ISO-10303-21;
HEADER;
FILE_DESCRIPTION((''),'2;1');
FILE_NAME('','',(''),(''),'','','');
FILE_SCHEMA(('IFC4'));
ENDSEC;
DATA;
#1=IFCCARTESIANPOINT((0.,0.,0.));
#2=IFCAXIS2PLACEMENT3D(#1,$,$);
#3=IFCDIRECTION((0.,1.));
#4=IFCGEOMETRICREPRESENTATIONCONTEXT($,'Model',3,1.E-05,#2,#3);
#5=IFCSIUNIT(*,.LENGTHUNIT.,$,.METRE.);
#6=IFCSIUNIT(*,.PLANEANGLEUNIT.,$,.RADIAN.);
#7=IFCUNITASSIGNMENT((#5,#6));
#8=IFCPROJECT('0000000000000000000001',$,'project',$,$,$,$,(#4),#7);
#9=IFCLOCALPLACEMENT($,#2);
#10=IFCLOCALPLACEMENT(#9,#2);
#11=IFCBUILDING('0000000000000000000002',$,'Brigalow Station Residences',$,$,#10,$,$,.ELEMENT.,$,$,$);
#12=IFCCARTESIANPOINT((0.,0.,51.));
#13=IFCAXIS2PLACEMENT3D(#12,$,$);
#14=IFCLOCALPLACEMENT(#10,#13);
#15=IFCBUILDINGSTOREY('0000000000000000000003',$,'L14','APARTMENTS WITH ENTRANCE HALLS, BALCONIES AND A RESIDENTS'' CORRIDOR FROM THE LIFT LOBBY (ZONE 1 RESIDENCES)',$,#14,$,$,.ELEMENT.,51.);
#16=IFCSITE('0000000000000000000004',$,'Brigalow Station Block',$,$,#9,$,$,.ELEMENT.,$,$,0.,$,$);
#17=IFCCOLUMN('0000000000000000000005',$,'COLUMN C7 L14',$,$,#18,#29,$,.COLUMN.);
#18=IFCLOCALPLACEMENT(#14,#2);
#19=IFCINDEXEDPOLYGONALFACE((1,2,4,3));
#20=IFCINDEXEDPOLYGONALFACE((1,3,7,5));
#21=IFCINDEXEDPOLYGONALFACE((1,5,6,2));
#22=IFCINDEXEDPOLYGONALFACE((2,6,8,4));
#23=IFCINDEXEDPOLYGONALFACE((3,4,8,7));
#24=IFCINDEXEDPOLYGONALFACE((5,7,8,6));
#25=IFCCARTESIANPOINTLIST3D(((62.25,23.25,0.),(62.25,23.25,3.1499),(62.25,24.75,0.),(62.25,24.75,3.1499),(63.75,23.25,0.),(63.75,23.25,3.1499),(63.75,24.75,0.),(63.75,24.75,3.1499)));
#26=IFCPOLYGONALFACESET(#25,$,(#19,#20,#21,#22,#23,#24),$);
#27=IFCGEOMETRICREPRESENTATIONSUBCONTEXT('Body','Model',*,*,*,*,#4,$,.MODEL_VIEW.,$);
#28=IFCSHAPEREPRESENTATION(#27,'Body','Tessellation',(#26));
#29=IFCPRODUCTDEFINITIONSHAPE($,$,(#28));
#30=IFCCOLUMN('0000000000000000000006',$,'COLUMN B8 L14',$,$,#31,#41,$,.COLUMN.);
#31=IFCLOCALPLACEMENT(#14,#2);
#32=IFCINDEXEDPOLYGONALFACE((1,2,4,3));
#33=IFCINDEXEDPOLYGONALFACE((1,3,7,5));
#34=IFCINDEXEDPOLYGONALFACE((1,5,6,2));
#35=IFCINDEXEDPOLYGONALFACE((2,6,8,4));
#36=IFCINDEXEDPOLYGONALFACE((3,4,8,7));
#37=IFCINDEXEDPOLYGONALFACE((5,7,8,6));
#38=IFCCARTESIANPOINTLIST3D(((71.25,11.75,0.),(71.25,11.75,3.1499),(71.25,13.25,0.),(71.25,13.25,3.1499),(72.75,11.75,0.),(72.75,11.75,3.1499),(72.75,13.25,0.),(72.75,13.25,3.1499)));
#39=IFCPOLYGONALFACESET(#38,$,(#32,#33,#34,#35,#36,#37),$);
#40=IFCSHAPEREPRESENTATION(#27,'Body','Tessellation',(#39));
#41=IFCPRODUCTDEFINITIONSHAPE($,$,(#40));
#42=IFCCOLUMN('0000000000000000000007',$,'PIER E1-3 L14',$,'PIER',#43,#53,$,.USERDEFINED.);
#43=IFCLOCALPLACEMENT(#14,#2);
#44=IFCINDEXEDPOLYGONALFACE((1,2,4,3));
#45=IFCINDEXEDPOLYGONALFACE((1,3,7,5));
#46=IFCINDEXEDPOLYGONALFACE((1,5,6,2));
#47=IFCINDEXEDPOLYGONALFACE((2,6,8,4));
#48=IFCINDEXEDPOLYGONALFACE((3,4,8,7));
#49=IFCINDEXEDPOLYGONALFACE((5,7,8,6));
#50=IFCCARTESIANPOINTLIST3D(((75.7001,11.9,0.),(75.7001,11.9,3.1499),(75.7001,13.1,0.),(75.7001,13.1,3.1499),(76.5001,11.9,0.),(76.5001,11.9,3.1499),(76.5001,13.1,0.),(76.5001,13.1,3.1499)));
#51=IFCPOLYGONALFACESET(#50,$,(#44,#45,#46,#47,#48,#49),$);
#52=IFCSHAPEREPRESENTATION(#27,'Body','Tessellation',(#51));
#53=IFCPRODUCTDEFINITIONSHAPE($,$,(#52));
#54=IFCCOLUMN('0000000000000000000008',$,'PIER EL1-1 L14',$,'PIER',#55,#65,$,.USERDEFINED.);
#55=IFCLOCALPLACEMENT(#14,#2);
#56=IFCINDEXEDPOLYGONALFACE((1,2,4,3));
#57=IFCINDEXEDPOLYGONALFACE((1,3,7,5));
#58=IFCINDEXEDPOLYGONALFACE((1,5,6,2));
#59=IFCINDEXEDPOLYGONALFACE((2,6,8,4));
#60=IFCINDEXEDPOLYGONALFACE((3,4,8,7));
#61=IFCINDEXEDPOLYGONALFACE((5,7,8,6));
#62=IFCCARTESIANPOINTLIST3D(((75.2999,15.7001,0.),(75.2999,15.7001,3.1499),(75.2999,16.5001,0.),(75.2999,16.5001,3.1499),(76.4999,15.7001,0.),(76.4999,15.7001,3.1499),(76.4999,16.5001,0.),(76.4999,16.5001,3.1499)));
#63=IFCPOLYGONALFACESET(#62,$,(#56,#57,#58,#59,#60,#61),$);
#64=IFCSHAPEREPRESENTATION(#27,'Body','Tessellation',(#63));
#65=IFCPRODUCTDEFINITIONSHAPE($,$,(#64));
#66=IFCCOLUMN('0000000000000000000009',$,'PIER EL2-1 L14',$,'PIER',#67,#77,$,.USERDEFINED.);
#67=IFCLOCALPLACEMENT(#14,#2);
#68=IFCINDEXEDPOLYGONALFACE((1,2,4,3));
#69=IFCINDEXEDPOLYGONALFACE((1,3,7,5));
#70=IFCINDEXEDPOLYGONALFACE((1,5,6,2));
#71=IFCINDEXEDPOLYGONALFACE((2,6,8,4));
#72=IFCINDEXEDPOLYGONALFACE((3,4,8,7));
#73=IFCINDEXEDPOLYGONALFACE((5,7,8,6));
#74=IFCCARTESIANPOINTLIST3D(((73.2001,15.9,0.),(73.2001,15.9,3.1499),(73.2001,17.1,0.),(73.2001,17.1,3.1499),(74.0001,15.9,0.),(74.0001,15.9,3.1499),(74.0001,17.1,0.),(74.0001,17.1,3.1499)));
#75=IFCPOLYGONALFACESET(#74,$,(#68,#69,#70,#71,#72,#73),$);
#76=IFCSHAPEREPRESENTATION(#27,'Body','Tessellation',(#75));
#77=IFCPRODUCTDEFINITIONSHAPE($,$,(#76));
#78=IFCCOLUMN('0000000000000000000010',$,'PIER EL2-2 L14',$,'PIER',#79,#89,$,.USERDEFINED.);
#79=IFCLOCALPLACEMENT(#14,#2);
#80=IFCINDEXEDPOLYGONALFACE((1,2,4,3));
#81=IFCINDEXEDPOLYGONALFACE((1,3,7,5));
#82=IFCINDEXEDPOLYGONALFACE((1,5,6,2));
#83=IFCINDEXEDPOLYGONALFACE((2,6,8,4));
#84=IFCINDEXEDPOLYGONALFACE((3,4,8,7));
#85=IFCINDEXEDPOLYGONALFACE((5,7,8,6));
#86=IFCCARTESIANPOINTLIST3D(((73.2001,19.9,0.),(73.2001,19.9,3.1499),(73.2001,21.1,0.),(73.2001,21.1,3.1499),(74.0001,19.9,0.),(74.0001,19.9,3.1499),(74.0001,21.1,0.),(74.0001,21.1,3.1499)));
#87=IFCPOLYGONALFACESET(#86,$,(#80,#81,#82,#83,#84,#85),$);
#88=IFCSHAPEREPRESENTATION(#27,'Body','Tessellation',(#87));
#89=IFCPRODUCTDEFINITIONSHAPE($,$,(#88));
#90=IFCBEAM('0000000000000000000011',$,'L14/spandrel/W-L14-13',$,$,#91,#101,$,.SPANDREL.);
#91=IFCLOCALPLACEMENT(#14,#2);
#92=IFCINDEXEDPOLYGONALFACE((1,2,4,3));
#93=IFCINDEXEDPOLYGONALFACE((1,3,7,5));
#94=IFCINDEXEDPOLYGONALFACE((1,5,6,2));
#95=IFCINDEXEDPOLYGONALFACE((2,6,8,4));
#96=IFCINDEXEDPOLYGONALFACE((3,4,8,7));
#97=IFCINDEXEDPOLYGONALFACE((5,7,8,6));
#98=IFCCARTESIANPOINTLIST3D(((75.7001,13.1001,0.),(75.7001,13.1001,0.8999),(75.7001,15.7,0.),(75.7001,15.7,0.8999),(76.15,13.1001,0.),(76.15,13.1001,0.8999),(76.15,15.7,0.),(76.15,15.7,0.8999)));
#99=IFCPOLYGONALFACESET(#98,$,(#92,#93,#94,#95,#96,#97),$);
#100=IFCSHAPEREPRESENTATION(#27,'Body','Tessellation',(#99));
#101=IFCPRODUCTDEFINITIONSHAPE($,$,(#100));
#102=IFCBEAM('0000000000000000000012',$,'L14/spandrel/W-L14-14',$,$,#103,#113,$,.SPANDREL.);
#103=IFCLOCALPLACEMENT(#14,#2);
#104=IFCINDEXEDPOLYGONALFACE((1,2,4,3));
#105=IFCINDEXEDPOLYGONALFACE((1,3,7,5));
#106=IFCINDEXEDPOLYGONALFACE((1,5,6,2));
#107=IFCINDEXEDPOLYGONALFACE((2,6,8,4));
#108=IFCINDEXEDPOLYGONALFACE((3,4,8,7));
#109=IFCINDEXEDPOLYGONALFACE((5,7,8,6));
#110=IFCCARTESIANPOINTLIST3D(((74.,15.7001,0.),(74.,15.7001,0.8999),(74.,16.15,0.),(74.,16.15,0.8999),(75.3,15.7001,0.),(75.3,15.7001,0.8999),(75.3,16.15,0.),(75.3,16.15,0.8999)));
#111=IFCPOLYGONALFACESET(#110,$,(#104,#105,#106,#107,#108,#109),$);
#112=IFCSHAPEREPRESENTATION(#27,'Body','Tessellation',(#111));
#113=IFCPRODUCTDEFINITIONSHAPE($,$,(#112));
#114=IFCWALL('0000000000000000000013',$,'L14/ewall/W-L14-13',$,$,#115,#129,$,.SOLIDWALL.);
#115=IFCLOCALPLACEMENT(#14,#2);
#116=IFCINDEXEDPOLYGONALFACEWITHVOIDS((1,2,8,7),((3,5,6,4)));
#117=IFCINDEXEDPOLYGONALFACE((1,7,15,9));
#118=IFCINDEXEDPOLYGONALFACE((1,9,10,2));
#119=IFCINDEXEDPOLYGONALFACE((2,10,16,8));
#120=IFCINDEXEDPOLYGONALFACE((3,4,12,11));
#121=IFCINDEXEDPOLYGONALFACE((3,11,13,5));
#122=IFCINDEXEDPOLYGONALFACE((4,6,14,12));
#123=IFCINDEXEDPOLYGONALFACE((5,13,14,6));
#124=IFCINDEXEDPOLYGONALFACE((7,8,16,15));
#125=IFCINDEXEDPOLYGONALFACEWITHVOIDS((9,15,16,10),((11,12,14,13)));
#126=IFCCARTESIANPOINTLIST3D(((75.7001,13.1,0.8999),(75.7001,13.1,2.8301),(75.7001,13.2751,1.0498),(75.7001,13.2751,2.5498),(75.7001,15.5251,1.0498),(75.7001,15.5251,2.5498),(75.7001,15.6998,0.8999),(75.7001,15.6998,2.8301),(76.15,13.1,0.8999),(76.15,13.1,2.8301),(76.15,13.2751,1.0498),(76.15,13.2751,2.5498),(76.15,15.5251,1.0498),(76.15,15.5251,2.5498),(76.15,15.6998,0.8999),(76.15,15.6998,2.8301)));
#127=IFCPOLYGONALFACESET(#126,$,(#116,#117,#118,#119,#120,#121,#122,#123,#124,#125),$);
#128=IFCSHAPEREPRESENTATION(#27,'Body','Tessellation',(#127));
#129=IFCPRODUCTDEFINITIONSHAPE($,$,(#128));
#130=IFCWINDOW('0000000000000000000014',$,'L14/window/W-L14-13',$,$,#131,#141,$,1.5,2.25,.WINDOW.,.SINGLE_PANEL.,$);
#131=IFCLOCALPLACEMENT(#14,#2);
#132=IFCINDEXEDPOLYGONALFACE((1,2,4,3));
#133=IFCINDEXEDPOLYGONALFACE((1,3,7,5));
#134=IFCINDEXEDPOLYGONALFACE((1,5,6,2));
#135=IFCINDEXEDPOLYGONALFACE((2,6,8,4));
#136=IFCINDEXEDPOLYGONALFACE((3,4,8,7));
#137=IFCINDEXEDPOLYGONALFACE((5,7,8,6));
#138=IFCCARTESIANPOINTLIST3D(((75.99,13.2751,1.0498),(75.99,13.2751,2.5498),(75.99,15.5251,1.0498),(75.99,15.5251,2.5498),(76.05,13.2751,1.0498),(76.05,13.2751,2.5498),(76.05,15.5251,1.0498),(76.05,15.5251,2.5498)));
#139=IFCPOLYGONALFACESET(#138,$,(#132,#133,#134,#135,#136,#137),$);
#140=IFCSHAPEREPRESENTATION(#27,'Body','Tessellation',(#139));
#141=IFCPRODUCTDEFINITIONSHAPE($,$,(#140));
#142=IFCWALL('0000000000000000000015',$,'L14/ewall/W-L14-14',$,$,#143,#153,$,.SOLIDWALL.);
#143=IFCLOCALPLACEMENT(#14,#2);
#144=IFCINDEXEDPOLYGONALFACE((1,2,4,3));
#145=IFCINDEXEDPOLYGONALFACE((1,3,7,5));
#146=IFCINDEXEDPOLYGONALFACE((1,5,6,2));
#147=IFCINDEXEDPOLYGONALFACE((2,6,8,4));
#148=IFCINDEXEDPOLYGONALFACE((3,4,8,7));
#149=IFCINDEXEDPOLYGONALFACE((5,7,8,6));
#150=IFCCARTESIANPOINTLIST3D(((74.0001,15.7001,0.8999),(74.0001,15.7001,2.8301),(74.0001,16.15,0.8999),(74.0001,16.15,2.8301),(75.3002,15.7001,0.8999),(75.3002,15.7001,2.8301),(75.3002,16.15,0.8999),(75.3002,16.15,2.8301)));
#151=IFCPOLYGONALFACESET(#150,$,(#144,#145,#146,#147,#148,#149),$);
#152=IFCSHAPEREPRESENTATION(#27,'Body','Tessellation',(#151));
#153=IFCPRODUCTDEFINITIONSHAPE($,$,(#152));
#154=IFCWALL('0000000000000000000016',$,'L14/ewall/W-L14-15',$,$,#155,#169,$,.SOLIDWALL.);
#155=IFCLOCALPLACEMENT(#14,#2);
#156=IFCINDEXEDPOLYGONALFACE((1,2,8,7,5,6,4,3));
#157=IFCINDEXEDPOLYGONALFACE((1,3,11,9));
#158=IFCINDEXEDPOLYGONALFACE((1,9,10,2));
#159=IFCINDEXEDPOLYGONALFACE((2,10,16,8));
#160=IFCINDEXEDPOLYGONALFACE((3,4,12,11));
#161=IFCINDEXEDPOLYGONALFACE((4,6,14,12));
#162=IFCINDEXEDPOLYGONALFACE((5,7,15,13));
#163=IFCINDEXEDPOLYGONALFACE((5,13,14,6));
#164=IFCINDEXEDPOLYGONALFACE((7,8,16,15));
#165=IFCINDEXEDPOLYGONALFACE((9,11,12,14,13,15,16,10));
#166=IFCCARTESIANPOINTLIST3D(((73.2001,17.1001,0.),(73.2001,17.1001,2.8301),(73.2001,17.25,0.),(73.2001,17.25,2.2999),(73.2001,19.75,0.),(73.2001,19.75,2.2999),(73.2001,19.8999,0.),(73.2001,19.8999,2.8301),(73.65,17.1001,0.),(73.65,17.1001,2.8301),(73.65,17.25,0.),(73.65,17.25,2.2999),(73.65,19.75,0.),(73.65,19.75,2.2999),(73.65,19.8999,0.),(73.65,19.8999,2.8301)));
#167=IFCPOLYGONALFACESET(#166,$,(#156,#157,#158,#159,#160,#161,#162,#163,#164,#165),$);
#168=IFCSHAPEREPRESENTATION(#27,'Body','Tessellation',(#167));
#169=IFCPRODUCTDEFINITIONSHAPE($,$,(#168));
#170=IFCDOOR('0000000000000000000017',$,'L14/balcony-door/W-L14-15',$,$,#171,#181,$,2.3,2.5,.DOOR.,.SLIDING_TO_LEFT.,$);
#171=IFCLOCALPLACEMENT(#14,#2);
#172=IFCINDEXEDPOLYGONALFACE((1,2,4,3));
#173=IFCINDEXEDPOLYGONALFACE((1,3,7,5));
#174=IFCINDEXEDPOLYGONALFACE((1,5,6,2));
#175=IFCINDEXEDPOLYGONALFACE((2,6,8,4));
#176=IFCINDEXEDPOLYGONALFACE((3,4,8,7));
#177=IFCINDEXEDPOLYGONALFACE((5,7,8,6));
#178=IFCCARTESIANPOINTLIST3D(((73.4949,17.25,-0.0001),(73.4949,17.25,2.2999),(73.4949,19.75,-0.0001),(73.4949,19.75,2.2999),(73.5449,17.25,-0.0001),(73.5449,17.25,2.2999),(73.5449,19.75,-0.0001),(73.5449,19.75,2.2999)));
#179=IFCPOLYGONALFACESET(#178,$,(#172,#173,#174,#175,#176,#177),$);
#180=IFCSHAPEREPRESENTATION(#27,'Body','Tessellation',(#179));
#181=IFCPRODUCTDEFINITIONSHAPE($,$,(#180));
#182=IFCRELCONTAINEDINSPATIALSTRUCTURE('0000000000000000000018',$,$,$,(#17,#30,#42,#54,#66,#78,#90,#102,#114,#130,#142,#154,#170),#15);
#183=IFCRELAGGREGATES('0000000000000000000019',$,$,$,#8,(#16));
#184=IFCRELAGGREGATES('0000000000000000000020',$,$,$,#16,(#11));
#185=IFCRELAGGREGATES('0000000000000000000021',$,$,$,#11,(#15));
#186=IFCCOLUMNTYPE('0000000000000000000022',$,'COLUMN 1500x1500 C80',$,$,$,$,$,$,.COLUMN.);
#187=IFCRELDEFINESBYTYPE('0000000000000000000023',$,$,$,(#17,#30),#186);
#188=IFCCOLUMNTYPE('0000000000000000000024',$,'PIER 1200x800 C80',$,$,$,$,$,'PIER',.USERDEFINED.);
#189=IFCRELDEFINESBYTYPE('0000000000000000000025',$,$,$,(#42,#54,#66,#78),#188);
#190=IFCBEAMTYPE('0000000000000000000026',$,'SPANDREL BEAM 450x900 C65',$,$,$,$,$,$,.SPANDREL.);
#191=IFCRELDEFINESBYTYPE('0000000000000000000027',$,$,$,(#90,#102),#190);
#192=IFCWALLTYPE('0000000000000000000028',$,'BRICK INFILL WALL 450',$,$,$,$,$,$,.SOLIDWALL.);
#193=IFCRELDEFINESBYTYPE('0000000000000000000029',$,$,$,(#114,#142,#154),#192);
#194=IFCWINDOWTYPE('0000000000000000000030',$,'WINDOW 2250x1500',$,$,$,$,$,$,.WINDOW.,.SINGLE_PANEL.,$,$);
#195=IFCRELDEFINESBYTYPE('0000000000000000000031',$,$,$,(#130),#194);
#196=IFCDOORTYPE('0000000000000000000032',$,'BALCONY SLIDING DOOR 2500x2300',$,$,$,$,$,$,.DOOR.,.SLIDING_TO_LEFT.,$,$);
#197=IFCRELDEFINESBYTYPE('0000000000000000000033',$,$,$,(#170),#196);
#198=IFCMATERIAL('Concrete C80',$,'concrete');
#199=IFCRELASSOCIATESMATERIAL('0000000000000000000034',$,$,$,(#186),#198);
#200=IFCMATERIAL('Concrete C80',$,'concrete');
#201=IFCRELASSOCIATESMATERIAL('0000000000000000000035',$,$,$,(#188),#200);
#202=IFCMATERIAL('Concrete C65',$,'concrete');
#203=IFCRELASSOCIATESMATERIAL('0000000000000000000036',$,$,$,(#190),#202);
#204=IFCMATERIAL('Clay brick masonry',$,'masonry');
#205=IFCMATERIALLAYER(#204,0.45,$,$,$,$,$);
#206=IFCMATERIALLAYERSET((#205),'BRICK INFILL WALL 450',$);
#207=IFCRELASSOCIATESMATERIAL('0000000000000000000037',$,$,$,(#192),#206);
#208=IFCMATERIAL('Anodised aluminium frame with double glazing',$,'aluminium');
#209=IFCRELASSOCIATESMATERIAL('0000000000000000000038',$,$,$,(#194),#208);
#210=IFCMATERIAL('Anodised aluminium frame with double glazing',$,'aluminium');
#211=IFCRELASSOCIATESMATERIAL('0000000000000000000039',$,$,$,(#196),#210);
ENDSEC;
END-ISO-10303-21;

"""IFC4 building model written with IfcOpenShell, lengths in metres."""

from ifc_helpers import new_model, si_unit, direction, frame, frame_2d, origin, origin_2d, place, context, subcontext, project, spatial, rectangle, extrude, material, layer, layer_set, material_profile, profile_set, type_object, element, fill, save


model = new_model("IFC4")

# Units and contexts
model_context = context("Model", 3, precision=1e-05, world=origin(), true_north=direction((0.0, 1.0)))
body_context = subcontext(model_context, "Body", "Model", "MODEL_VIEW")
ifc_project = project(units=[si_unit("LENGTHUNIT", "METRE"), si_unit("PLANEANGLEUNIT", "RADIAN")], contexts=[model_context])

# Site, building, storey
site_placement = place(None, origin())
site = spatial("IfcSite", under=ifc_project, at=site_placement, Name="Brigalow Station Block", CompositionType="ELEMENT", RefElevation=0.0)
building_placement = place(site_placement, origin())
building = spatial("IfcBuilding", under=site, at=building_placement, Name="Brigalow Station Residences", CompositionType="ELEMENT")
storey_placement = place(building_placement, frame((0.0, 0.0, 51.0)))
storey = spatial("IfcBuildingStorey", under=building, at=storey_placement, Name="L14", Description="APARTMENTS WITH ENTRANCE HALLS, BALCONIES AND A RESIDENTS' CORRIDOR FROM THE LIFT LOBBY (ZONE 1 RESIDENCES)", CompositionType="ELEMENT", Elevation=51.0)

# Columns
ifc_material_1 = material(Name="Concrete C80", Category="concrete")
ifc_material_profile_1 = material_profile(ifc_material_1, rectangle(XDim=1.5, YDim=1.5, at=origin_2d()), Name="RC1500x1500")
ifc_profile_set_1 = profile_set([ifc_material_profile_1], Name="Concrete C80")
column_type_1 = type_object("IfcColumnType", Name="COLUMN 1500x1500 C80", PredefinedType="COLUMN", material=ifc_profile_set_1)
for number, where, z_axis, x_axis, name in (
    (1, (63.0, 24.0, 0.0), (0.0, 0.0, 1.0), (1.0, 0.0, 0.0), "COLUMN C7 L14"),
    (2, (72.0, 12.5, 0.0), (0.0, 0.0, 1.0), (1.0, 0.0, 0.0), "COLUMN B8 L14"),
):
    element("IfcColumn", number, at=place(storey_placement, frame(where, z_axis=z_axis, x_axis=x_axis)), inside=storey, type_object=column_type_1, Name=name, PredefinedType="COLUMN", context=body_context, shape_type="SweptSolid", body=[
        extrude(rectangle(XDim=1.5, YDim=1.5, at=origin_2d()), origin(), (0.0, 0.0, 1.0), 3.1499),
    ])
ifc_material_2 = material(Name="Concrete C80", Category="concrete")
ifc_material_profile_2 = material_profile(ifc_material_2, rectangle(XDim=1.2, YDim=0.8, at=origin_2d()), Name="RC1200x800")
ifc_profile_set_2 = profile_set([ifc_material_profile_2], Name="Concrete C80")
column_type_2 = type_object("IfcColumnType", Name="PIER 1200x800 C80", ElementType="PIER", PredefinedType="USERDEFINED", material=ifc_profile_set_2)
for number, where, z_axis, x_axis, name in (
    (3, (76.1001, 12.5, 0.0), (0.0, 0.0, 1.0), (0.0, 1.0, 0.0), "PIER E1-3 L14"),
    (4, (75.8999, 16.1001, 0.0), (0.0, 0.0, 1.0), (-1.0, 0.0, 0.0), "PIER EL1-1 L14"),
    (5, (73.6001, 16.5, 0.0), (0.0, 0.0, 1.0), (0.0, 1.0, 0.0), "PIER EL2-1 L14"),
    (6, (73.6001, 20.5, 0.0), (0.0, 0.0, 1.0), (0.0, 1.0, 0.0), "PIER EL2-2 L14"),
):
    element("IfcColumn", number, at=place(storey_placement, frame(where, z_axis=z_axis, x_axis=x_axis)), inside=storey, type_object=column_type_2, Name=name, ObjectType="PIER", PredefinedType="USERDEFINED", context=body_context, shape_type="SweptSolid", body=[
        extrude(rectangle(XDim=1.2, YDim=0.8, at=origin_2d()), origin(), (0.0, 0.0, 1.0), 3.1499),
    ])

# Beams
ifc_material_3 = material(Name="Concrete C65", Category="concrete")
ifc_material_profile_3 = material_profile(ifc_material_3, rectangle(XDim=0.45, YDim=0.8999, at=origin_2d()), Name="RC450x900")
ifc_profile_set_3 = profile_set([ifc_material_profile_3], Name="Concrete C65")
beam_type = type_object("IfcBeamType", Name="SPANDREL BEAM 450x900 C65", PredefinedType="SPANDREL", material=ifc_profile_set_3)
beam_1_placement = place(storey_placement, frame((75.925, 13.1001, 0.45), z_axis=(0.0, 1.0, 0.0), x_axis=(-1.0, 0.0, 0.0)))
element("IfcBeam", 7, at=beam_1_placement, inside=storey, type_object=beam_type, Name="L14/spandrel/W-L14-13", PredefinedType="SPANDREL", context=body_context, shape_type="SweptSolid", body=[
    extrude(rectangle(XDim=0.45, YDim=0.8999, at=origin_2d()), origin(), (0.0, 0.0, 1.0), 2.5999),
])
beam_2_placement = place(storey_placement, frame((75.3, 15.925, 0.45), z_axis=(-1.0, 0.0, 0.0), x_axis=(0.0, -1.0, 0.0)))
element("IfcBeam", 8, at=beam_2_placement, inside=storey, type_object=beam_type, Name="L14/spandrel/W-L14-14", PredefinedType="SPANDREL", context=body_context, shape_type="SweptSolid", body=[
    extrude(rectangle(XDim=0.45, YDim=0.8999, at=origin_2d()), origin(), (0.0, 0.0, 1.0), 1.3),
])

# Wall, opening, window
ifc_material_4 = material(Name="Clay brick masonry", Category="masonry")
ifc_layer_1 = layer(ifc_material_4, 0.45)
ifc_layer_set_1 = layer_set([ifc_layer_1], Name="BRICK INFILL WALL 450")
wall_type_1 = type_object("IfcWallType", Name="BRICK INFILL WALL 450", PredefinedType="SOLIDWALL", material=ifc_layer_set_1)
wall_1_placement = place(storey_placement, frame((75.925, 13.1001, 0.8999), z_axis=(0.0, 0.0, 1.0), x_axis=(0.0, 1.0, 0.0)))
wall_1 = element("IfcWall", 9, at=wall_1_placement, inside=storey, type_object=wall_type_1, Name="L14/ewall/W-L14-13", PredefinedType="SOLIDWALL", context=body_context, shape_type="SweptSolid", body=[
    extrude(rectangle(XDim=2.5999, YDim=0.45, at=frame_2d((1.2998, 0.0))), origin(), (0.0, 0.0, 1.0), 1.9302),
])
opening_1_placement = place(wall_1_placement, frame((0.175, 0.0, 0.1499)))
opening_1 = element("IfcOpeningElement", 10, at=opening_1_placement, cuts=wall_1, PredefinedType="OPENING", context=body_context, shape_type="SweptSolid", body=[
    extrude(rectangle(XDim=2.25, YDim=1.5, at=frame_2d((1.125, 0.75))), frame((0.0, 0.2349, 0.0), z_axis=(0.0, -1.0, 0.0), x_axis=(1.0, 0.0, 0.0)), (0.0, 0.0, 1.0), 0.47),
])
ifc_material_5 = material(Name="Anodised aluminium frame with double glazing", Category="aluminium")
window_type = type_object("IfcWindowType", Name="WINDOW 2250x1500", PartitioningType="SINGLE_PANEL", PredefinedType="WINDOW", material=ifc_material_5)
window_placement = place(opening_1_placement, origin())
window = element("IfcWindow", 11, at=window_placement, inside=storey, type_object=window_type, Name="L14/window/W-L14-13", OverallHeight=1.5, OverallWidth=2.25, PartitioningType="SINGLE_PANEL", PredefinedType="WINDOW", context=body_context, shape_type="SweptSolid", body=[
    extrude(rectangle(XDim=2.25, YDim=1.5, at=frame_2d((1.125, 0.75))), frame((0.0, -0.0649, 0.0), z_axis=(0.0, -1.0, 0.0), x_axis=(1.0, 0.0, 0.0)), (0.0, 0.0, 1.0), 0.0601),
])
fill(opening_1, window)

# Wall
wall_2_placement = place(storey_placement, frame((75.3, 15.925, 0.8999), z_axis=(0.0, 0.0, 1.0), x_axis=(-1.0, 0.0, 0.0)))
element("IfcWall", 12, at=wall_2_placement, inside=storey, type_object=wall_type_1, Name="L14/ewall/W-L14-14", PredefinedType="SOLIDWALL", context=body_context, shape_type="SweptSolid", body=[
    extrude(rectangle(XDim=1.3, YDim=0.45, at=frame_2d((0.6499, 0.0))), origin(), (0.0, 0.0, 1.0), 1.9302),
])

# Wall, opening, door
wall_3_placement = place(storey_placement, frame((73.425, 17.1001, 0.0), z_axis=(0.0, 0.0, 1.0), x_axis=(0.0, 1.0, 0.0)))
wall_3 = element("IfcWall", 13, at=wall_3_placement, inside=storey, type_object=wall_type_1, Name="L14/ewall/W-L14-15", PredefinedType="SOLIDWALL", context=body_context, shape_type="SweptSolid", body=[
    extrude(rectangle(XDim=2.7998, YDim=0.45, at=frame_2d((1.3999, 0.0))), origin(), (0.0, 0.0, 1.0), 2.8301),
])
opening_2_placement = place(wall_3_placement, frame((0.1499, 0.0, 0.0)))
opening_2 = element("IfcOpeningElement", 14, at=opening_2_placement, cuts=wall_3, PredefinedType="OPENING", context=body_context, shape_type="SweptSolid", body=[
    extrude(rectangle(XDim=2.5, YDim=2.3, at=frame_2d((1.25, 1.1499))), frame((0.0, 0.2349, 0.0), z_axis=(0.0, -1.0, 0.0), x_axis=(1.0, 0.0, 0.0)), (0.0, 0.0, 1.0), 0.47),
])
ifc_material_6 = material(Name="Anodised aluminium frame with double glazing", Category="aluminium")
door_type_1 = type_object("IfcDoorType", Name="BALCONY SLIDING DOOR 2500x2300", OperationType="SLIDING_TO_LEFT", PredefinedType="DOOR", material=ifc_material_6)
door_1_placement = place(opening_2_placement, origin())
door_1 = element("IfcDoor", 15, at=door_1_placement, inside=storey, type_object=door_type_1, Name="L14/balcony-door/W-L14-15", OperationType="SLIDING_TO_LEFT", OverallHeight=2.3, OverallWidth=2.5, PredefinedType="DOOR", context=body_context, shape_type="SweptSolid", body=[
    extrude(rectangle(XDim=2.5, YDim=2.3, at=frame_2d((1.25, 1.1499))), frame((0.0, -0.0698, 0.0), z_axis=(0.0, -1.0, 0.0), x_axis=(1.0, 0.0, 0.0)), (0.0, 0.0, 1.0), 0.05),
])
fill(opening_2, door_1)

save(model, "model.ifc")
